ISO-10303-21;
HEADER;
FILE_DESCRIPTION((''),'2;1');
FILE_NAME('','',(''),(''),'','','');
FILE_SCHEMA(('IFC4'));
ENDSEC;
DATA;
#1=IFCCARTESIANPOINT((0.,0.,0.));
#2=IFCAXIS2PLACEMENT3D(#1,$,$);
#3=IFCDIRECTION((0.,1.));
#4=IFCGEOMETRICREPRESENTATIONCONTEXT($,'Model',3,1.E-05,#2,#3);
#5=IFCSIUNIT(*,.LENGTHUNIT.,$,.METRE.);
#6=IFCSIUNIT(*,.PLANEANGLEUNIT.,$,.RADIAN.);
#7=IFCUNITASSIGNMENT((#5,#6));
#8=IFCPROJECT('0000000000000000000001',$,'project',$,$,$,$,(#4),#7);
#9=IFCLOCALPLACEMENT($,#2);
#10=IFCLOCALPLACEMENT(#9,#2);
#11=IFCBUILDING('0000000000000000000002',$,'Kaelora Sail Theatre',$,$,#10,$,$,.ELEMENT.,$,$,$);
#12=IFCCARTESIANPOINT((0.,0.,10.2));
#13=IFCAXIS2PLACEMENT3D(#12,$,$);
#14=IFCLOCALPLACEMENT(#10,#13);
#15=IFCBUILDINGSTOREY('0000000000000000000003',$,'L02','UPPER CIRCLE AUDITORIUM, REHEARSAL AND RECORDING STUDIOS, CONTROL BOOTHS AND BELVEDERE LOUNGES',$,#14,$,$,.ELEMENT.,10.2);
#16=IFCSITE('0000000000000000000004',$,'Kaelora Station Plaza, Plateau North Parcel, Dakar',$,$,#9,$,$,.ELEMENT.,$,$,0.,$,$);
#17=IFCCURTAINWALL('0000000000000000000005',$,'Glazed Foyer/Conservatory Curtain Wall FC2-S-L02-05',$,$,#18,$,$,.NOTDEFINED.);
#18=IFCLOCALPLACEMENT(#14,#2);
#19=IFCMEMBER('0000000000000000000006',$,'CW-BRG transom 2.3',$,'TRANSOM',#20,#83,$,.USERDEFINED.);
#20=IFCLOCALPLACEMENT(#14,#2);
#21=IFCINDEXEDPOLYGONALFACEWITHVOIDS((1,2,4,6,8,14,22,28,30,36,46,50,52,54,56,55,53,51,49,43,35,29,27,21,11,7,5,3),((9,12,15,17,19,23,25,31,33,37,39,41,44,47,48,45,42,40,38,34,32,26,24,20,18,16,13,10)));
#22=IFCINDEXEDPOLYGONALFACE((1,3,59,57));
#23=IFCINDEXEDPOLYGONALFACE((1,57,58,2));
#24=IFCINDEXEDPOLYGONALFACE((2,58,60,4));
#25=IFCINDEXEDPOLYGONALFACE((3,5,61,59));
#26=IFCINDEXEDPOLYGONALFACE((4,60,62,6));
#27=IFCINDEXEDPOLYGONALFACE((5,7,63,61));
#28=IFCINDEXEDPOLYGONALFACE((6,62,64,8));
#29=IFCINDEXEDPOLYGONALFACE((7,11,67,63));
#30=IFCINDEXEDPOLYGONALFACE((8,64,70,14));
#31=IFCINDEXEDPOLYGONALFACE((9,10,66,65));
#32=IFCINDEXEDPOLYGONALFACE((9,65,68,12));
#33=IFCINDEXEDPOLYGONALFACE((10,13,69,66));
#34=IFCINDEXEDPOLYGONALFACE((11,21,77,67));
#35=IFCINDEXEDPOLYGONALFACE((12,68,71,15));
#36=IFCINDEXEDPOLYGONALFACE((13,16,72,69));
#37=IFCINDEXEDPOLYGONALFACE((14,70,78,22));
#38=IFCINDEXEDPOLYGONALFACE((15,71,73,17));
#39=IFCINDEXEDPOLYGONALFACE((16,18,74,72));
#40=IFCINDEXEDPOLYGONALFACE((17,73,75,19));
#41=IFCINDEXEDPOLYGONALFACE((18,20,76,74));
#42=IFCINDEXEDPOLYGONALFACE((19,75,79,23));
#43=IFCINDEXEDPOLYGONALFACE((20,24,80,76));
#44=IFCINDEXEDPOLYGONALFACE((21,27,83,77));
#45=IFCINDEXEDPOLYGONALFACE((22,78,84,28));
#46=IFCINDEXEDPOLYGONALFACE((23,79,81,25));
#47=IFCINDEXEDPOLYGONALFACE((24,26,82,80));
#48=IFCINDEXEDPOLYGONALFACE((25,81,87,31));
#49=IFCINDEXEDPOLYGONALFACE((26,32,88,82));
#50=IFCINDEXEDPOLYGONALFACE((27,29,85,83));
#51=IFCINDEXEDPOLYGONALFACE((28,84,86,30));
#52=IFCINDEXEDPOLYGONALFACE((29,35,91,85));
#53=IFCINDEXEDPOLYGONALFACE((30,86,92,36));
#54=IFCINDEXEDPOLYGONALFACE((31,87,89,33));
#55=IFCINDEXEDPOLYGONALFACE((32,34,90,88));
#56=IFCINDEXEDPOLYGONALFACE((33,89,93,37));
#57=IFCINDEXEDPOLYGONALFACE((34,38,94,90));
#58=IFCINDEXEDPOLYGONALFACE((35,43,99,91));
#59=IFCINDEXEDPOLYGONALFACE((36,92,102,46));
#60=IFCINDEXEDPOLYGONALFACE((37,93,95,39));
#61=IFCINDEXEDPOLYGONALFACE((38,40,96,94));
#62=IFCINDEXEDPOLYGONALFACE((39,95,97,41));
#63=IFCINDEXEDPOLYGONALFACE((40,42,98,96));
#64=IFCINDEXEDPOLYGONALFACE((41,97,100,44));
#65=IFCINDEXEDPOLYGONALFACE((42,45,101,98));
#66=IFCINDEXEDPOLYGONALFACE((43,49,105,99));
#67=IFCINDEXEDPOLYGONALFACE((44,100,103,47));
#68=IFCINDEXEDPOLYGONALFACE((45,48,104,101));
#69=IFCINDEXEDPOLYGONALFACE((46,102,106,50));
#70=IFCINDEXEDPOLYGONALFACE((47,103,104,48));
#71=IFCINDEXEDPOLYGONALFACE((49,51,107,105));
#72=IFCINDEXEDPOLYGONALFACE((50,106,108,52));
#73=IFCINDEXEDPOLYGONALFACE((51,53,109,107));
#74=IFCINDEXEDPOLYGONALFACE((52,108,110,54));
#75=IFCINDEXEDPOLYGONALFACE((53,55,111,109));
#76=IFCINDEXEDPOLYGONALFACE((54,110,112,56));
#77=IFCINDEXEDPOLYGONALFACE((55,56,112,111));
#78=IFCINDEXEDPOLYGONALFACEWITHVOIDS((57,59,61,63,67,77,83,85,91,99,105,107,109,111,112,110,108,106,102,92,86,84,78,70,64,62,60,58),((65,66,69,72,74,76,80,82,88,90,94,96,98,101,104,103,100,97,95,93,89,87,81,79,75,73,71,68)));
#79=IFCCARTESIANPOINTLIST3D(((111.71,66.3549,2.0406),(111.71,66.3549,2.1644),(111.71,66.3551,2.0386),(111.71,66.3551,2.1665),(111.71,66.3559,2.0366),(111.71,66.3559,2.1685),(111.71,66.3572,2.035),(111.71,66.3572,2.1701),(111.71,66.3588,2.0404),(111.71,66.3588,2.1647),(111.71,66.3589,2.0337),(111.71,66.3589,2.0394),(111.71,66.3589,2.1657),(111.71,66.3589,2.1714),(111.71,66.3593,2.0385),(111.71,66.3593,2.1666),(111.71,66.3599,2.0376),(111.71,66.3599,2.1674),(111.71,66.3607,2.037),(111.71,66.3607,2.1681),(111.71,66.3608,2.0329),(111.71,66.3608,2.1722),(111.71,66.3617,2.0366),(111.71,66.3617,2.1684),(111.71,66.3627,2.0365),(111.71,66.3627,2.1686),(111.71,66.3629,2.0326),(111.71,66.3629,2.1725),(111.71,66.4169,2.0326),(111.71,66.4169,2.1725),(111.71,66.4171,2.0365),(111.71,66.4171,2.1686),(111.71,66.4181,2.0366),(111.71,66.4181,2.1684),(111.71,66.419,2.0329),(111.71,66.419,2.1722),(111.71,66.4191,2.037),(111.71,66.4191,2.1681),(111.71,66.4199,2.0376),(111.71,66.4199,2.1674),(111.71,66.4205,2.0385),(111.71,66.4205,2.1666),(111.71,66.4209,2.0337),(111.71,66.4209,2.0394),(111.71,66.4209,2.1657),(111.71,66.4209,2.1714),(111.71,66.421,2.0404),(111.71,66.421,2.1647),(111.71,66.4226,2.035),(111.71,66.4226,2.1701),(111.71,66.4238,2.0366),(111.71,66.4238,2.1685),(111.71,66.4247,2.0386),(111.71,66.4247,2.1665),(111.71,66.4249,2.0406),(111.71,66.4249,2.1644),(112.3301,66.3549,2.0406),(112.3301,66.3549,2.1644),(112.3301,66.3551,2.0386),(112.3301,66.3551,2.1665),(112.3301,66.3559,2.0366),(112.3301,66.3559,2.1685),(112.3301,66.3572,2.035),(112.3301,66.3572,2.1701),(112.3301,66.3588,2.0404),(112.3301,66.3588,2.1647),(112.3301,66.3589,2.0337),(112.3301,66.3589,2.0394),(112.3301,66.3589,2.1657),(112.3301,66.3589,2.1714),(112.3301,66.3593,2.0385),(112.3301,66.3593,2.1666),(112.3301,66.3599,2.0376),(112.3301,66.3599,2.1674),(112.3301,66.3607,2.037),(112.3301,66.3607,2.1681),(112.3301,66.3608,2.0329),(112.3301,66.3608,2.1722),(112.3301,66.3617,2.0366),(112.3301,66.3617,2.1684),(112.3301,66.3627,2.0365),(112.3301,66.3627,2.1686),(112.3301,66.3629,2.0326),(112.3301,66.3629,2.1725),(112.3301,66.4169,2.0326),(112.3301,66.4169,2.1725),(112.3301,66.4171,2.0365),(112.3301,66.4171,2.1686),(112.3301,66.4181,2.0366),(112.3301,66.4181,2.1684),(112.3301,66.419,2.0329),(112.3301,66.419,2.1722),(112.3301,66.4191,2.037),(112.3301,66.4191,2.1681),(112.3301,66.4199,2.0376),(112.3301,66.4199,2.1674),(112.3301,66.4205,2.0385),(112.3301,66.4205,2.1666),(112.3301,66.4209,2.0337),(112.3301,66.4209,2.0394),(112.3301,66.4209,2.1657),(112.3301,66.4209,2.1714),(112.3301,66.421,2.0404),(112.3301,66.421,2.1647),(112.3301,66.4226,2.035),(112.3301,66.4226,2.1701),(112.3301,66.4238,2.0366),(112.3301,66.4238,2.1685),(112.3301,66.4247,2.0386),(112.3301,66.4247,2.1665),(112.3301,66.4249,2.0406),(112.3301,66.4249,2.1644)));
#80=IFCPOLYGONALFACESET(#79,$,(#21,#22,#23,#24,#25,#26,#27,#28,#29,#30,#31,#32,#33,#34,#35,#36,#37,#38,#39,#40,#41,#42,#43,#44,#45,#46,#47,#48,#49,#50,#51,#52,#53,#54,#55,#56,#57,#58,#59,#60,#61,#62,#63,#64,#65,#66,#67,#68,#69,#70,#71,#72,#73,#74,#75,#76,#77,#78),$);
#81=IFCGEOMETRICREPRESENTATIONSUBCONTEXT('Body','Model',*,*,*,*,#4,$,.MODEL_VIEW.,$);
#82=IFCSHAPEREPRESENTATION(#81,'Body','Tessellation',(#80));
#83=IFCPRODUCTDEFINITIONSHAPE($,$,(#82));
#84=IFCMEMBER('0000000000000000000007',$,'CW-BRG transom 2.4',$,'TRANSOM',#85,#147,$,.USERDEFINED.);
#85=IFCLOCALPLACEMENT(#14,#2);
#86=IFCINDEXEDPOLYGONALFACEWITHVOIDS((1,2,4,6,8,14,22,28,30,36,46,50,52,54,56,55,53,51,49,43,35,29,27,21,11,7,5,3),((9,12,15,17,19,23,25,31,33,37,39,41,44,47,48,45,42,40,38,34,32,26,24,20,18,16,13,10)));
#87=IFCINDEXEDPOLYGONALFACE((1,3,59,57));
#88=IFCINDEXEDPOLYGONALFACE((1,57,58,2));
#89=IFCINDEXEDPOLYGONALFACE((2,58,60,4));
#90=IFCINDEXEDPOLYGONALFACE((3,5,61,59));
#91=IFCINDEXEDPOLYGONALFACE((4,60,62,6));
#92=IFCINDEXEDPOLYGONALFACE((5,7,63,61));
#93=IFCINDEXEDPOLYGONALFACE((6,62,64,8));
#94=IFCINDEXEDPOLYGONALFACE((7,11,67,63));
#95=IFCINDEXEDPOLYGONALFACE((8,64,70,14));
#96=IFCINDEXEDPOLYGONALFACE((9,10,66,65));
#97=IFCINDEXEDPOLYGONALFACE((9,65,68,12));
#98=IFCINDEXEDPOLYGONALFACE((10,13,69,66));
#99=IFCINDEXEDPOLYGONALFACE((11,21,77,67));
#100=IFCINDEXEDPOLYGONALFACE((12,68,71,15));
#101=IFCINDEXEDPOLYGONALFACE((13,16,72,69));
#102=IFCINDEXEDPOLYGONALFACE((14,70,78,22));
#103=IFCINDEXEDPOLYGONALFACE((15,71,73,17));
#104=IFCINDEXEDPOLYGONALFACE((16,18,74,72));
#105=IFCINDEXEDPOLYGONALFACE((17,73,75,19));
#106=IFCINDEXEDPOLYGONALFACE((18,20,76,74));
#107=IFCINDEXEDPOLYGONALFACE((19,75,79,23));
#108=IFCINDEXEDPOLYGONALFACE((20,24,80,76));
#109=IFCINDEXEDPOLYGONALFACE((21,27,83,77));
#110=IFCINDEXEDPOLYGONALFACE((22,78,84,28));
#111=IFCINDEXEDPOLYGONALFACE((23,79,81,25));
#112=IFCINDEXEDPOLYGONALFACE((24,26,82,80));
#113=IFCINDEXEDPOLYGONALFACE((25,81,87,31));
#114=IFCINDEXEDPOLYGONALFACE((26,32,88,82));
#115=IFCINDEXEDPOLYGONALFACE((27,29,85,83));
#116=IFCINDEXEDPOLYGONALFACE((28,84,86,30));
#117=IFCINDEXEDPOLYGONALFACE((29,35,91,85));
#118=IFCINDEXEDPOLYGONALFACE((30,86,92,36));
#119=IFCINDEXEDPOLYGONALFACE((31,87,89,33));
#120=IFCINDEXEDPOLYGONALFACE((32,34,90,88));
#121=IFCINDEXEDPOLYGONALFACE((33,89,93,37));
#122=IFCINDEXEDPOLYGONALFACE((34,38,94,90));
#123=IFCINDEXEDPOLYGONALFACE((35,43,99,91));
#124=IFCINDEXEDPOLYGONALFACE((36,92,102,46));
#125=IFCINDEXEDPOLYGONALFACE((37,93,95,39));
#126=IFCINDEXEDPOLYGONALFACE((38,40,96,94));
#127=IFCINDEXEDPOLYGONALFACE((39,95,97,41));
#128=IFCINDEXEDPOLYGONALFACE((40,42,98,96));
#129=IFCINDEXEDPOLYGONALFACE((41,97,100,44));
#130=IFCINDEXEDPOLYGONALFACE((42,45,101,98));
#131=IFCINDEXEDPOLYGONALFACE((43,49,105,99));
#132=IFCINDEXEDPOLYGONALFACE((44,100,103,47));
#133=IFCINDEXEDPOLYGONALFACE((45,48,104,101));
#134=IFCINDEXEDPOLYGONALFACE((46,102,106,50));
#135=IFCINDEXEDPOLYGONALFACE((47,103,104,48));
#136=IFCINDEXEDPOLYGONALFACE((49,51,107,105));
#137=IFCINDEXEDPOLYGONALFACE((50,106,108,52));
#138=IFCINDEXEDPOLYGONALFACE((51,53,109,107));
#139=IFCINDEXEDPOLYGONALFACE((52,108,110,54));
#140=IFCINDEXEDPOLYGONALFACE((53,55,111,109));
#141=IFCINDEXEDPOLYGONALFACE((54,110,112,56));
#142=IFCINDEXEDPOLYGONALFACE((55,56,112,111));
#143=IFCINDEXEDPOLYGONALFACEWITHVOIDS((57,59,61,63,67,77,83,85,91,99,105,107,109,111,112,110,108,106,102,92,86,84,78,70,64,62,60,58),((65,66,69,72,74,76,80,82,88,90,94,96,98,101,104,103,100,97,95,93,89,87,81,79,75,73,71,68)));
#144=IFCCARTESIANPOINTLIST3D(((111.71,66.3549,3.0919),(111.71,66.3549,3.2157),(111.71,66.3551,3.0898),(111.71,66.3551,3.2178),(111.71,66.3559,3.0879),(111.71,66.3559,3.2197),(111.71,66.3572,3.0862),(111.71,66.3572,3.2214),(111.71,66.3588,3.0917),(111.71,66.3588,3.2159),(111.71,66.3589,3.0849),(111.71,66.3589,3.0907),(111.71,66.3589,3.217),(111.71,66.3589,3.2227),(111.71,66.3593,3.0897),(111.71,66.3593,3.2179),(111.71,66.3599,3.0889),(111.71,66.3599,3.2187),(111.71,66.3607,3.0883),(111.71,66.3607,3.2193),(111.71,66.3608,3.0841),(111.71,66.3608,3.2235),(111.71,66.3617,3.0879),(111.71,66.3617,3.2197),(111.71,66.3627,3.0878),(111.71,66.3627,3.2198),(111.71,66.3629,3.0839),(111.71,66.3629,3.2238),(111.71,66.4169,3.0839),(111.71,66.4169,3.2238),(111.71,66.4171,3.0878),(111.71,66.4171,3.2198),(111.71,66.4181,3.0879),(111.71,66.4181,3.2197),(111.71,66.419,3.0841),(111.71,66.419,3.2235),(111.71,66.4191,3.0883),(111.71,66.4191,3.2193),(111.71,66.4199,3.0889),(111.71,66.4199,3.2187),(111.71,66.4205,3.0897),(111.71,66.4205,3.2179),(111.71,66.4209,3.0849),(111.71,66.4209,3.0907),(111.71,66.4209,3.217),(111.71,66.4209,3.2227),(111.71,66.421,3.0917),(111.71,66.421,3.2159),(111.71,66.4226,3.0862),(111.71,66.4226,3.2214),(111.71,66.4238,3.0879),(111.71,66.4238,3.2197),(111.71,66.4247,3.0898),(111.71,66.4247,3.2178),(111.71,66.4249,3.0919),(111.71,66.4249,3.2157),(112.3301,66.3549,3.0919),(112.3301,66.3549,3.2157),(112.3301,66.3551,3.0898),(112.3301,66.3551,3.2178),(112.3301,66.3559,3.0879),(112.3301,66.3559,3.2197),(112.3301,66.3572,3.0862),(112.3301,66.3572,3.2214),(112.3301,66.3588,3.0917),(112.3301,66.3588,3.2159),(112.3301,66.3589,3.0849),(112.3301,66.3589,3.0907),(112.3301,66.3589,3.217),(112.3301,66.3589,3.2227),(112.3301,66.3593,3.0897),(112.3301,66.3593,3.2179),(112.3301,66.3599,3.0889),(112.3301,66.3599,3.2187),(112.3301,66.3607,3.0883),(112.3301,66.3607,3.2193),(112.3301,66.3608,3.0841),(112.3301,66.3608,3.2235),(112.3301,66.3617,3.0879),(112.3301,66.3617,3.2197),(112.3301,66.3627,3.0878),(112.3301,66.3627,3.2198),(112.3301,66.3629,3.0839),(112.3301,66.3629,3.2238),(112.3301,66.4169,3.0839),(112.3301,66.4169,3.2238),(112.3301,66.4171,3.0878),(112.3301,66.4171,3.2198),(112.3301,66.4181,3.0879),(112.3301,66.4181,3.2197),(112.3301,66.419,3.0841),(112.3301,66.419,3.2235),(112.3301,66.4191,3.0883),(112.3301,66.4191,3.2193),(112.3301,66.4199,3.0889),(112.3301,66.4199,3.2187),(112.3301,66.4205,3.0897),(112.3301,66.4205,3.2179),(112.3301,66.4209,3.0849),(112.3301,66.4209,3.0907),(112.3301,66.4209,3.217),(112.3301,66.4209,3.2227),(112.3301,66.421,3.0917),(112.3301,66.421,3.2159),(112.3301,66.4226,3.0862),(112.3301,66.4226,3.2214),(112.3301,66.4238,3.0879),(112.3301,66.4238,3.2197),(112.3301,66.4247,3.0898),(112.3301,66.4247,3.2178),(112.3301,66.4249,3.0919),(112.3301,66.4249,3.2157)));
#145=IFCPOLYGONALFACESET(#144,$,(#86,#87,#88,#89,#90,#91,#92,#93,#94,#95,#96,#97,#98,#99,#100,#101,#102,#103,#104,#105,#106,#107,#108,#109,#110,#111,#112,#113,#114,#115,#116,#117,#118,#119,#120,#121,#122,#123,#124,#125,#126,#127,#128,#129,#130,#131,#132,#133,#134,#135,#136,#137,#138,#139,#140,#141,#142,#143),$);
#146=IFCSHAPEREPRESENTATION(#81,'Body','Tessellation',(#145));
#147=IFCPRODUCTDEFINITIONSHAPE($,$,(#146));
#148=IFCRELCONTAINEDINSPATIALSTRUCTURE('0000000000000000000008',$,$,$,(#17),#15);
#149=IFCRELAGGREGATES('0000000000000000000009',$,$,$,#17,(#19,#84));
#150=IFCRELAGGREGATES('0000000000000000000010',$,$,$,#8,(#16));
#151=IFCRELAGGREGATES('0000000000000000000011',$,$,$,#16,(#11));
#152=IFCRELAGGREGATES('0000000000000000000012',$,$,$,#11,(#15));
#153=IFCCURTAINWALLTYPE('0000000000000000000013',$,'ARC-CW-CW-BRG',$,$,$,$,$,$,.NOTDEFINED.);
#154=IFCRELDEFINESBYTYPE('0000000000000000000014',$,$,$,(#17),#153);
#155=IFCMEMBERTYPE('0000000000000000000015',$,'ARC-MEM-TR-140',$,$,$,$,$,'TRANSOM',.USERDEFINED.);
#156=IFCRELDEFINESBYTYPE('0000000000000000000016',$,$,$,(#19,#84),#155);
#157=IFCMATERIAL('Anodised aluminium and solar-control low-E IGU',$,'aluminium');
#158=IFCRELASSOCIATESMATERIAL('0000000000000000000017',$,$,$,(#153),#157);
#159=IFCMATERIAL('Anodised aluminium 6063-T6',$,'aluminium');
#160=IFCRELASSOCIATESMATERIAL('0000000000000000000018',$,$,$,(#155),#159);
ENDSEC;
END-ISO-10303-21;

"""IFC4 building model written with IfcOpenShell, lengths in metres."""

from ifc_helpers import new_model, si_unit, direction, frame, origin, origin_2d, place, context, subcontext, project, spatial, hollow_rectangle, extrude, material, material_profile, profile_set, type_object, element, aggregate, save


model = new_model("IFC4")

# Units and contexts
model_context = context("Model", 3, precision=1e-05, world=origin(), true_north=direction((0.0, 1.0)))
body_context = subcontext(model_context, "Body", "Model", "MODEL_VIEW")
ifc_project = project(units=[si_unit("LENGTHUNIT", "METRE"), si_unit("PLANEANGLEUNIT", "RADIAN")], contexts=[model_context])

# Site, building, storey
site_placement = place(None, origin())
site = spatial("IfcSite", under=ifc_project, at=site_placement, Name="Kaelora Station Plaza, Plateau North Parcel, Dakar", CompositionType="ELEMENT", RefElevation=0.0)
building_placement = place(site_placement, origin())
building = spatial("IfcBuilding", under=site, at=building_placement, Name="Kaelora Sail Theatre", CompositionType="ELEMENT")
storey_placement = place(building_placement, frame((0.0, 0.0, 10.2)))
storey = spatial("IfcBuildingStorey", under=building, at=storey_placement, Name="L02", Description="UPPER CIRCLE AUDITORIUM, REHEARSAL AND RECORDING STUDIOS, CONTROL BOOTHS AND BELVEDERE LOUNGES", CompositionType="ELEMENT", Elevation=10.2)

# Curtain wall, members
ifc_material_1 = material(Name="Anodised aluminium and solar-control low-E IGU", Category="aluminium")
curtain_wall_type = type_object("IfcCurtainWallType", Name="ARC-CW-CW-BRG", PredefinedType="NOTDEFINED", material=ifc_material_1)
curtain_wall_placement = place(storey_placement, origin())
curtain_wall = element("IfcCurtainWall", 1, at=curtain_wall_placement, inside=storey, type_object=curtain_wall_type, Name="Glazed Foyer/Conservatory Curtain Wall FC2-S-L02-05", PredefinedType="NOTDEFINED")
ifc_material_2 = material(Name="Anodised aluminium 6063-T6", Category="aluminium")
ifc_material_profile_1 = material_profile(ifc_material_2, hollow_rectangle(XDim=0.0701, YDim=0.1399, WallThickness=0.0039, InnerFilletRadius=0.0039, OuterFilletRadius=0.0081, at=origin_2d()), Name="ALU-TRAN 70x140x4")
ifc_profile_set_1 = profile_set([ifc_material_profile_1], Name="Anodised aluminium 6063-T6")
member_type_1 = type_object("IfcMemberType", Name="ARC-MEM-TR-140", ElementType="TRANSOM", PredefinedType="USERDEFINED", material=ifc_profile_set_1)
member_1_placement = place(storey_placement, frame((111.71, 66.3899, 2.1025), z_axis=(1.0, 0.0, 0.0), x_axis=(0.0, 1.0, 0.0)))
member_1 = element("IfcMember", 2, at=member_1_placement, type_object=member_type_1, Name="CW-BRG transom 2.3", ObjectType="TRANSOM", PredefinedType="USERDEFINED", context=body_context, shape_type="SweptSolid", body=[
    extrude(hollow_rectangle(XDim=0.0701, YDim=0.1399, WallThickness=0.0039, InnerFilletRadius=0.0039, OuterFilletRadius=0.0081, at=origin_2d()), origin(), (0.0, 0.0, 1.0), 0.6201),
])
member_2_placement = place(storey_placement, frame((111.71, 66.3899, 3.1538), z_axis=(1.0, 0.0, 0.0), x_axis=(0.0, 1.0, 0.0)))
member_2 = element("IfcMember", 3, at=member_2_placement, type_object=member_type_1, Name="CW-BRG transom 2.4", ObjectType="TRANSOM", PredefinedType="USERDEFINED", context=body_context, shape_type="SweptSolid", body=[
    extrude(hollow_rectangle(XDim=0.0701, YDim=0.1399, WallThickness=0.0039, InnerFilletRadius=0.0039, OuterFilletRadius=0.0081, at=origin_2d()), origin(), (0.0, 0.0, 1.0), 0.6201),
])
aggregate(curtain_wall, [member_1, member_2])

save(model, "model.ifc")
